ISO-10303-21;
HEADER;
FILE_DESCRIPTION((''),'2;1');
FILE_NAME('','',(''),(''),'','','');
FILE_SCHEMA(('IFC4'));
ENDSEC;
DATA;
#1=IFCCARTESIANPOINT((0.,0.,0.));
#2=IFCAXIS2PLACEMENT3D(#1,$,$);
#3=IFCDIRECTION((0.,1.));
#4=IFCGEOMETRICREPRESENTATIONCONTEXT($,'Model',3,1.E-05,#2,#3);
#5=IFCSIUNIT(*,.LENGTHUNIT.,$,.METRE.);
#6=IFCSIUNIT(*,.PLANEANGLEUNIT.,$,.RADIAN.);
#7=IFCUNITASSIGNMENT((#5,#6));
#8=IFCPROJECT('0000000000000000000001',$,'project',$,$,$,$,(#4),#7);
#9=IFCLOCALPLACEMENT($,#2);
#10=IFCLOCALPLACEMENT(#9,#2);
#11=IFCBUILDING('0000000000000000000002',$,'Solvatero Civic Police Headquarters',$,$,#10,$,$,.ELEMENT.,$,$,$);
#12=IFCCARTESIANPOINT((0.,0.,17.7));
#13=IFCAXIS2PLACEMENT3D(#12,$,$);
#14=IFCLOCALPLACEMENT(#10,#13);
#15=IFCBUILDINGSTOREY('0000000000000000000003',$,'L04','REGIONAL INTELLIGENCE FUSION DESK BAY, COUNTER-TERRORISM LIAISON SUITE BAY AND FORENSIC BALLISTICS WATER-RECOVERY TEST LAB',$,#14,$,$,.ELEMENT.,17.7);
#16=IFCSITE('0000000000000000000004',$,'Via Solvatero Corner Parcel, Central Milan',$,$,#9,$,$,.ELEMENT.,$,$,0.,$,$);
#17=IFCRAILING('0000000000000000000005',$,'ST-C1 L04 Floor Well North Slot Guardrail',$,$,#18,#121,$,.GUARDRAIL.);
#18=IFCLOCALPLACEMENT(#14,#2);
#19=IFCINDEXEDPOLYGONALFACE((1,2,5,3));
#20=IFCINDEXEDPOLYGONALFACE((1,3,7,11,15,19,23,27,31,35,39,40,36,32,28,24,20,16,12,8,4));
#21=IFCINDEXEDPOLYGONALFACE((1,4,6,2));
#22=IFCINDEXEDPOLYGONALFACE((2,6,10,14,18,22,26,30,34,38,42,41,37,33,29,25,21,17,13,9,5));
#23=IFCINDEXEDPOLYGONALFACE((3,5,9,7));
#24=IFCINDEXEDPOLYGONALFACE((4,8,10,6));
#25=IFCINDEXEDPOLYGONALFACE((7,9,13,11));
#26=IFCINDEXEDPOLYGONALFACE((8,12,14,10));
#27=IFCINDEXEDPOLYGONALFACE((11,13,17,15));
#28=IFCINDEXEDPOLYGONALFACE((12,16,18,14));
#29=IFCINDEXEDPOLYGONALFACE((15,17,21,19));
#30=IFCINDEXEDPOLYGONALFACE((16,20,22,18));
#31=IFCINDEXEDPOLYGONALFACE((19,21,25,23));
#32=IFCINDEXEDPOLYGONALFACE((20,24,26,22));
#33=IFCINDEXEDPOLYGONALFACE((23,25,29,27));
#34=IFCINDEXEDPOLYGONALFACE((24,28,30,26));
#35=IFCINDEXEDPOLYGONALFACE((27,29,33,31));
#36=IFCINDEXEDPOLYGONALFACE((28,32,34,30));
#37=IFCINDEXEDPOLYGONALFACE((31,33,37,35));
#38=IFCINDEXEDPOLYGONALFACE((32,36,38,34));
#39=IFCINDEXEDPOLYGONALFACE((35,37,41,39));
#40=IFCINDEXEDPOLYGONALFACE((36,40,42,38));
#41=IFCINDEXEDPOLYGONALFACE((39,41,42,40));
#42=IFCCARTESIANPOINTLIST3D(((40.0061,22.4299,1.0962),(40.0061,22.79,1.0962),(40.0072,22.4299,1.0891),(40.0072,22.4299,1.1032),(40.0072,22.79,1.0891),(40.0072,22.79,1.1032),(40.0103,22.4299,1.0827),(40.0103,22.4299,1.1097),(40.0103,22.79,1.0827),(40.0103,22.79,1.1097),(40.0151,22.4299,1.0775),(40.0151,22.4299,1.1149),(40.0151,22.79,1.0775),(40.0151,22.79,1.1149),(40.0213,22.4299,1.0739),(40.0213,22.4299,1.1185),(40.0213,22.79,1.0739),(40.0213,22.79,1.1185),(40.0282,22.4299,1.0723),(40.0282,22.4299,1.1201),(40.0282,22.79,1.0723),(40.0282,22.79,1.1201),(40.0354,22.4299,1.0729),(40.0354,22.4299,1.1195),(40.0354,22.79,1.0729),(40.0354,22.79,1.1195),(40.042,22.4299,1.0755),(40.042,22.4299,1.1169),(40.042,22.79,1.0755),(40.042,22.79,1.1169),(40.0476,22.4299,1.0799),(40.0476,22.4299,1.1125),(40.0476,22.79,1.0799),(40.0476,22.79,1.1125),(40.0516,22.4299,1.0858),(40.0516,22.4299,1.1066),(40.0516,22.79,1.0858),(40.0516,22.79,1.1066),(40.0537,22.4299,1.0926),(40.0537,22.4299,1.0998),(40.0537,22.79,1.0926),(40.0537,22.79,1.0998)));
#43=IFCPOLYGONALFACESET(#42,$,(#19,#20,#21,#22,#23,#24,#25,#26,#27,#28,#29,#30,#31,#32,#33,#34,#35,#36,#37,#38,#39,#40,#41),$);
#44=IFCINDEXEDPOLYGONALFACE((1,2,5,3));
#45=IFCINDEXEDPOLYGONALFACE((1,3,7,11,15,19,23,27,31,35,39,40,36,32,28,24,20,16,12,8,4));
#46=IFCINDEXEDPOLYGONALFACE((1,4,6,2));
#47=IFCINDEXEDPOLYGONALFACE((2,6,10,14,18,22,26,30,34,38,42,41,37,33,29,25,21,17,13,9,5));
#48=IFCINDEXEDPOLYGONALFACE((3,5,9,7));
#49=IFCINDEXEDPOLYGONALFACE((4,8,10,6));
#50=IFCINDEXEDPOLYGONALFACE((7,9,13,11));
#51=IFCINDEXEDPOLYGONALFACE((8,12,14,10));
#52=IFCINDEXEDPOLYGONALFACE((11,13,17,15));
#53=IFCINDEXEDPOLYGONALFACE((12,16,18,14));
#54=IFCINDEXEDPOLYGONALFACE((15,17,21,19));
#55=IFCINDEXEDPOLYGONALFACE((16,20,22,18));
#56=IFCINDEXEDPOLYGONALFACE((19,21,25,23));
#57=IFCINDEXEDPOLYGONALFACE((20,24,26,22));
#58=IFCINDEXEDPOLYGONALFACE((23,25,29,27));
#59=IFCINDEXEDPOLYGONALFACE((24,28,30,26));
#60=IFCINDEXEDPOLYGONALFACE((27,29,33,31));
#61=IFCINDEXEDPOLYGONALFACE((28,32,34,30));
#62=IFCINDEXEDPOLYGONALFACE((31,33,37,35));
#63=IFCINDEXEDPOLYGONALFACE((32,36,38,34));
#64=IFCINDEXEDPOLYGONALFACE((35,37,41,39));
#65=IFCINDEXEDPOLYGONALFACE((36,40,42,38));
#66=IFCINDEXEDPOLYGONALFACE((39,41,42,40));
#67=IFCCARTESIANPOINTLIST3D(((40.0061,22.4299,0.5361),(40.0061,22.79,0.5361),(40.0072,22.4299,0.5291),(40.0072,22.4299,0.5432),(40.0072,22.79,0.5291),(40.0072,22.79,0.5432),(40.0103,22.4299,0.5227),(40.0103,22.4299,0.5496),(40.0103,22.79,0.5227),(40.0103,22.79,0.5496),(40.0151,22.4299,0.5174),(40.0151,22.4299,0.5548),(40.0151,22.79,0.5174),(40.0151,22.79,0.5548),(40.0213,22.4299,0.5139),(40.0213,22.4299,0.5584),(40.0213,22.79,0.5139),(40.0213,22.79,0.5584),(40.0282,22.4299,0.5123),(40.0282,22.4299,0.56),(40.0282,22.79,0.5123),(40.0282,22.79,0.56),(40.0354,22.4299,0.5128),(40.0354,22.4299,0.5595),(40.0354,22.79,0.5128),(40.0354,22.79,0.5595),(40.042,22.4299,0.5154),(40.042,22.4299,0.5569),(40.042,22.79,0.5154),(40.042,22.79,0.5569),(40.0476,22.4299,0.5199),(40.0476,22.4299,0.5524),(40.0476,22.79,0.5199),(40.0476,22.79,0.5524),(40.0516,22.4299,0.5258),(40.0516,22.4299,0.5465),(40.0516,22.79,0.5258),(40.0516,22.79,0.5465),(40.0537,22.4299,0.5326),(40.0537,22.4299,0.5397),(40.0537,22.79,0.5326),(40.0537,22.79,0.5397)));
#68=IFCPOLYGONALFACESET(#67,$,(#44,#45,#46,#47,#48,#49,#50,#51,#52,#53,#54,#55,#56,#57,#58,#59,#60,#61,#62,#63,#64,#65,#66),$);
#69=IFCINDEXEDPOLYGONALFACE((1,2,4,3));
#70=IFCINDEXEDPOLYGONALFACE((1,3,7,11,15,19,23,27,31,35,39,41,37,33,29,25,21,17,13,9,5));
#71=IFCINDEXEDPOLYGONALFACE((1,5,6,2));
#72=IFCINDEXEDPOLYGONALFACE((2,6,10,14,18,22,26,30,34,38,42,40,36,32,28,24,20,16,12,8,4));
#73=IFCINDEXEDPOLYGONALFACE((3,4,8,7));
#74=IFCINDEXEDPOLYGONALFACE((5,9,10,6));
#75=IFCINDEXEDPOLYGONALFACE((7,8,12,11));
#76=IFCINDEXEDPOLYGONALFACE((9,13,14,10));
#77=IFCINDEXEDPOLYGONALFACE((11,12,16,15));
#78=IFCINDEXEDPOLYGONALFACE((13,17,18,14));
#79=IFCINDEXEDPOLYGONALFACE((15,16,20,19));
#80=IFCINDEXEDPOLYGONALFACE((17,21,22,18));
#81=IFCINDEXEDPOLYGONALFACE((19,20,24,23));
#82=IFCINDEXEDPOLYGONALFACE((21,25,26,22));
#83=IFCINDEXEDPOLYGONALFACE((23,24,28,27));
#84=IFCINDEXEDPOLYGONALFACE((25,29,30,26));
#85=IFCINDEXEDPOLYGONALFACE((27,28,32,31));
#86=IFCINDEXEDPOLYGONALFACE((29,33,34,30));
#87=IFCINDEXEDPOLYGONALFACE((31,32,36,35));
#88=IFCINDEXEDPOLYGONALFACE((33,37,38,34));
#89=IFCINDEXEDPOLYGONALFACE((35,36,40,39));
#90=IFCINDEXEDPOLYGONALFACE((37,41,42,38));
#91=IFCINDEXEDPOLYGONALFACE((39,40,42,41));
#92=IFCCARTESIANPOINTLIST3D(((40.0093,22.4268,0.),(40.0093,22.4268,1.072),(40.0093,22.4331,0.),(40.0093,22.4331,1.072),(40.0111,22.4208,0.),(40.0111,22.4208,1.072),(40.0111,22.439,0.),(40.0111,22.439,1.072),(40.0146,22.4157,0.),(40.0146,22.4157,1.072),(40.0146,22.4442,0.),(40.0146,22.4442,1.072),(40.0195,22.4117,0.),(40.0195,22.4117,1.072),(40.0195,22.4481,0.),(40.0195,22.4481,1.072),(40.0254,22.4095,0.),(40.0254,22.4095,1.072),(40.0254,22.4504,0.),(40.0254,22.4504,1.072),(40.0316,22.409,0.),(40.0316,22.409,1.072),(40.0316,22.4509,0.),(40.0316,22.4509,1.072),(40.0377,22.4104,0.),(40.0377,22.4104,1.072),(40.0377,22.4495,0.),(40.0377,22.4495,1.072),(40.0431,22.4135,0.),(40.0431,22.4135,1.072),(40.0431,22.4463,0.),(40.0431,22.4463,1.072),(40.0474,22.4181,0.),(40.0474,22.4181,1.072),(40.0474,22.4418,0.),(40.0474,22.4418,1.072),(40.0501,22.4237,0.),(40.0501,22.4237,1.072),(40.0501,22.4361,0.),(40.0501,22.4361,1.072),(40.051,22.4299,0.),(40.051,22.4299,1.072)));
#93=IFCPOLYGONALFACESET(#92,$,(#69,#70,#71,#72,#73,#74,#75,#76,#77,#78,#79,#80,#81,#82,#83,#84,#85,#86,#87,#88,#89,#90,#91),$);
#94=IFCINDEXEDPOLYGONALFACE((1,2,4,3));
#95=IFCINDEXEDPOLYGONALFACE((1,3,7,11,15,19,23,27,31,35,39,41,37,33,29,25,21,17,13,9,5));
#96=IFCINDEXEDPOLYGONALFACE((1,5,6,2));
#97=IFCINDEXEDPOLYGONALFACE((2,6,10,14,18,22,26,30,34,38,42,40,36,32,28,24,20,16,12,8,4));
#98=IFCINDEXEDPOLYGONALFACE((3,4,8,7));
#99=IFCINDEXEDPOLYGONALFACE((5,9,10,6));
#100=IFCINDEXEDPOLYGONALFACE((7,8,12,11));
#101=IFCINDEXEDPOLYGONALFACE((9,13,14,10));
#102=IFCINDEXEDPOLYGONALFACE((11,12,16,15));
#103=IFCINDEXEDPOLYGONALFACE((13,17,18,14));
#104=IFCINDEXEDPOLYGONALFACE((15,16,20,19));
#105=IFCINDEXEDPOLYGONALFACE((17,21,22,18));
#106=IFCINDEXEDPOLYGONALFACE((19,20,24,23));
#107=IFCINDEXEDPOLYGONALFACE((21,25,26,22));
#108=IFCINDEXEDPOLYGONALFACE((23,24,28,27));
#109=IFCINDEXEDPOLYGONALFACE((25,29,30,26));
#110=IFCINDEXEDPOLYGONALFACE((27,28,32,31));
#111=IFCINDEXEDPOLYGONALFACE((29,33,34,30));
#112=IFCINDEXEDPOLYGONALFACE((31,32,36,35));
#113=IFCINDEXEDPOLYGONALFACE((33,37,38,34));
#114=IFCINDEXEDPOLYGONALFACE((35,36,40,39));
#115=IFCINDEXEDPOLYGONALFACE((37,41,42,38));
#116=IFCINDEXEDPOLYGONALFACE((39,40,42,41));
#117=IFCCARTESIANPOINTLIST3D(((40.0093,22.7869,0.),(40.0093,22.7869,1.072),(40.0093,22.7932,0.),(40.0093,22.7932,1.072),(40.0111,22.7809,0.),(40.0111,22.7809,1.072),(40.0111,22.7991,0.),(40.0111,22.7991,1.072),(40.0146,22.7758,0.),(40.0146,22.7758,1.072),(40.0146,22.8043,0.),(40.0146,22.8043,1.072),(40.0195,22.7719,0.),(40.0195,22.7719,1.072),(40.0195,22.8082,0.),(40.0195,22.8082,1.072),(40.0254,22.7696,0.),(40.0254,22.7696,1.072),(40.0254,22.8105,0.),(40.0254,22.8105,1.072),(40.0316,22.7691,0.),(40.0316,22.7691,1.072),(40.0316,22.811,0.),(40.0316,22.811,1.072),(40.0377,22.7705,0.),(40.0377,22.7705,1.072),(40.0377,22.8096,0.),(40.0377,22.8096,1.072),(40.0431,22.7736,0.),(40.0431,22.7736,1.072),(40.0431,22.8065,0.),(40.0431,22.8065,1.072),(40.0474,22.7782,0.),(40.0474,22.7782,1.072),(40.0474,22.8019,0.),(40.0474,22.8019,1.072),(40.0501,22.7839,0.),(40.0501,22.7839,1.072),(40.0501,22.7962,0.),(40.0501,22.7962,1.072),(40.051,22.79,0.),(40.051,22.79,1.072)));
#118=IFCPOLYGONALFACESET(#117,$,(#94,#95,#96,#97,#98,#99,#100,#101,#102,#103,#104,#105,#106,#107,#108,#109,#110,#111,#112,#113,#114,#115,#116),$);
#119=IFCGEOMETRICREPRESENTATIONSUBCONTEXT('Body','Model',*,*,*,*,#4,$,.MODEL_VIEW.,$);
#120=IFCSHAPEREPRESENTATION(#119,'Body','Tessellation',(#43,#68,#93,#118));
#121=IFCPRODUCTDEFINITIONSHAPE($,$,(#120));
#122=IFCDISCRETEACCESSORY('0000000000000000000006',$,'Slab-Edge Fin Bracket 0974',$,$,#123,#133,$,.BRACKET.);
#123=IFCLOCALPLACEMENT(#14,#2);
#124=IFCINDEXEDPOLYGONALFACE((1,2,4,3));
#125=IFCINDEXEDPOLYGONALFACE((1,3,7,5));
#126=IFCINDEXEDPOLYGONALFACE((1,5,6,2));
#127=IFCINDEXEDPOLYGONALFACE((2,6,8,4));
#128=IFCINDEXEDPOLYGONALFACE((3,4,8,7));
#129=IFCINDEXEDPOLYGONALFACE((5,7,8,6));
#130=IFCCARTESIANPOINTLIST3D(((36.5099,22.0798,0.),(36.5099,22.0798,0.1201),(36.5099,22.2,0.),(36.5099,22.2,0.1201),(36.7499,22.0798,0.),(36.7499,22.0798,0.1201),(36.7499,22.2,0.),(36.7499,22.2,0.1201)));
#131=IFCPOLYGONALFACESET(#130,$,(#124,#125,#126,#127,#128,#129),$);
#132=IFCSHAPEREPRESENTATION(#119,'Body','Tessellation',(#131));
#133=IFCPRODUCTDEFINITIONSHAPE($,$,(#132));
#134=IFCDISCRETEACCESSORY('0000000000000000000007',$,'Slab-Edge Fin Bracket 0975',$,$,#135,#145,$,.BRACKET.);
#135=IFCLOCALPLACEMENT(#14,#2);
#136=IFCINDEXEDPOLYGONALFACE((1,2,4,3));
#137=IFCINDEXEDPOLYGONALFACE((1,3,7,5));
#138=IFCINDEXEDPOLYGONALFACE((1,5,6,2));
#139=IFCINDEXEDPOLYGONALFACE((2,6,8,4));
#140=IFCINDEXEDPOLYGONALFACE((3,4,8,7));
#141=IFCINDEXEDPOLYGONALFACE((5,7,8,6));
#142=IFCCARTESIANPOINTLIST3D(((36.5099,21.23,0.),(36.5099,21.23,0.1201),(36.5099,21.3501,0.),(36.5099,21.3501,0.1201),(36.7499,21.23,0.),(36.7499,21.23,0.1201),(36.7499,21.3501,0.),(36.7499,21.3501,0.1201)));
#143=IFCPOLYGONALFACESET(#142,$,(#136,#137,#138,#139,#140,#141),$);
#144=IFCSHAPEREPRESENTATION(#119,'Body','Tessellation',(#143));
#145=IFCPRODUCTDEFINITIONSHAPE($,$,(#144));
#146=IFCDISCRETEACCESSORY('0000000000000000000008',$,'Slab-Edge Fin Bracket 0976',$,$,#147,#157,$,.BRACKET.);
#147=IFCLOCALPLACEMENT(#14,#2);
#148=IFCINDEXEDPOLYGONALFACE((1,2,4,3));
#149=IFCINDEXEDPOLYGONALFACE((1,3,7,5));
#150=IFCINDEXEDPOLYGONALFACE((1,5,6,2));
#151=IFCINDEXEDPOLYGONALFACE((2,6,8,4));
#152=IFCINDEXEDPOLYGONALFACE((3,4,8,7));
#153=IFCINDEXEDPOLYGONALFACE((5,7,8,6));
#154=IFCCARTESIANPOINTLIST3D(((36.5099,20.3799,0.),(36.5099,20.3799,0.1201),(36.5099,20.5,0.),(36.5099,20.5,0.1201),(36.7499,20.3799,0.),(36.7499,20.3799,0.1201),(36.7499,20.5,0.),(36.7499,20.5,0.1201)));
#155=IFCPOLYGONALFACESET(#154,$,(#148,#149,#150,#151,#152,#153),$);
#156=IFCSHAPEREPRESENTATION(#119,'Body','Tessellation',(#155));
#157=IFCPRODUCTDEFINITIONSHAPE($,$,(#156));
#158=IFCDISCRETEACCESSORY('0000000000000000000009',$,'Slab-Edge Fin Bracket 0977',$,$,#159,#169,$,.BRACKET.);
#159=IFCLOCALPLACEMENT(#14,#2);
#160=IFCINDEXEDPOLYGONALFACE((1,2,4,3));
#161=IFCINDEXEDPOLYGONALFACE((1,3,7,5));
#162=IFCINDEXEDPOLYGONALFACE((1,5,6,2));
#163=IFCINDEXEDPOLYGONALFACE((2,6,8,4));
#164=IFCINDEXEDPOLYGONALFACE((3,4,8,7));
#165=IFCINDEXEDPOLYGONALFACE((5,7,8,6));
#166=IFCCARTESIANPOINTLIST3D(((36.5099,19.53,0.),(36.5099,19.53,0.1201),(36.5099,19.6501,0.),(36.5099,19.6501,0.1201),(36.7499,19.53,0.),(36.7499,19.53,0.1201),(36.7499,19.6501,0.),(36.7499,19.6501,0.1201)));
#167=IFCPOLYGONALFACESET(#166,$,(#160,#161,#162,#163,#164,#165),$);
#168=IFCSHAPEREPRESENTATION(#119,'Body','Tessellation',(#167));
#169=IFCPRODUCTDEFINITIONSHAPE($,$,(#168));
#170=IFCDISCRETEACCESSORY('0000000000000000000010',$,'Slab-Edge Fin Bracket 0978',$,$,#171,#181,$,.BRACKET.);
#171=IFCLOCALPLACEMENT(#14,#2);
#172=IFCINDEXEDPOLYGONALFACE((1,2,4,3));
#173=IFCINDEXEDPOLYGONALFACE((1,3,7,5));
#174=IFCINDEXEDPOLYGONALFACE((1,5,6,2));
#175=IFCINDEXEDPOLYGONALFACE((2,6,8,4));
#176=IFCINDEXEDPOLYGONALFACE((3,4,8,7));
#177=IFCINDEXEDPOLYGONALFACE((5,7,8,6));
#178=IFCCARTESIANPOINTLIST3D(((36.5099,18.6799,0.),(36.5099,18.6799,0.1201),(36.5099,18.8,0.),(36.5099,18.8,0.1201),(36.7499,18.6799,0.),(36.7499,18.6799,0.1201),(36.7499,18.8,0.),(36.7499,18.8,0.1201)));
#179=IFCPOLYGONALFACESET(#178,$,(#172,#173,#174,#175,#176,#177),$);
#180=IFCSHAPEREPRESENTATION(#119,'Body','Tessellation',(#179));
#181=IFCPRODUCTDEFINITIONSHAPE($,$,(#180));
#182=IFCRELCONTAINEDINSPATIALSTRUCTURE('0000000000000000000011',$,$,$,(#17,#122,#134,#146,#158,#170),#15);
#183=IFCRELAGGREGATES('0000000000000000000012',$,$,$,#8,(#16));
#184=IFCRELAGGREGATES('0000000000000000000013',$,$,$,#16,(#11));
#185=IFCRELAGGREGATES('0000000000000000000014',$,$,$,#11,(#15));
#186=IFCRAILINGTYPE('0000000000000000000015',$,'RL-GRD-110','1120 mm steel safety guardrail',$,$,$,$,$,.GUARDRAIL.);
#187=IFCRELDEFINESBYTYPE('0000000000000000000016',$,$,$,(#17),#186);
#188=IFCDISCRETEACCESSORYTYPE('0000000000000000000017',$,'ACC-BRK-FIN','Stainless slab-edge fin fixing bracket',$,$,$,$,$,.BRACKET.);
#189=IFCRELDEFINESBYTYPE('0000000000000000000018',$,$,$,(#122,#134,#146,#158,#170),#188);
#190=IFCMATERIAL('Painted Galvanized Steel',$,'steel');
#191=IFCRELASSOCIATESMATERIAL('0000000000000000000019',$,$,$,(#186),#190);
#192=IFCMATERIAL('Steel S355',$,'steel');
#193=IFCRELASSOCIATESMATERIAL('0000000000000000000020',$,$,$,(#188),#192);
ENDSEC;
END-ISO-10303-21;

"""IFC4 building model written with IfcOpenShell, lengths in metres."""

from ifc_helpers import new_model, si_unit, direction, frame, origin, origin_2d, place, context, subcontext, project, spatial, rectangle, circle, extrude, material, type_object, element, save


model = new_model("IFC4")

# Units and contexts
model_context = context("Model", 3, precision=1e-05, world=origin(), true_north=direction((0.0, 1.0)))
body_context = subcontext(model_context, "Body", "Model", "MODEL_VIEW")
ifc_project = project(units=[si_unit("LENGTHUNIT", "METRE"), si_unit("PLANEANGLEUNIT", "RADIAN")], contexts=[model_context])

# Site, building, storey
site_placement = place(None, origin())
site = spatial("IfcSite", under=ifc_project, at=site_placement, Name="Via Solvatero Corner Parcel, Central Milan", CompositionType="ELEMENT", RefElevation=0.0)
building_placement = place(site_placement, origin())
building = spatial("IfcBuilding", under=site, at=building_placement, Name="Solvatero Civic Police Headquarters", CompositionType="ELEMENT")
storey_placement = place(building_placement, frame((0.0, 0.0, 17.7)))
storey = spatial("IfcBuildingStorey", under=building, at=storey_placement, Name="L04", Description="REGIONAL INTELLIGENCE FUSION DESK BAY, COUNTER-TERRORISM LIAISON SUITE BAY AND FORENSIC BALLISTICS WATER-RECOVERY TEST LAB", CompositionType="ELEMENT", Elevation=17.7)

# Railing
ifc_material_1 = material(Name="Painted Galvanized Steel", Category="steel")
railing_type = type_object("IfcRailingType", Name="RL-GRD-110", Description="1120 mm steel safety guardrail", PredefinedType="GUARDRAIL", material=ifc_material_1)
railing_placement = place(storey_placement, frame((40.03, 22.4299, 0.0)))
element("IfcRailing", 1, at=railing_placement, inside=storey, type_object=railing_type, Name="ST-C1 L04 Floor Well North Slot Guardrail", PredefinedType="GUARDRAIL", context=body_context, shape_type="SweptSolid", body=[
    extrude(circle(Radius=0.0239, at=origin_2d()), frame((0.0, 0.0, 1.0962), z_axis=(0.0, 1.0, 0.0), x_axis=(-1.0, 0.0, 0.0)), (0.0, 0.0, 1.0), 0.3601),
    extrude(circle(Radius=0.0239, at=origin_2d()), frame((0.0, 0.0, 0.5361), z_axis=(0.0, 1.0, 0.0), x_axis=(-1.0, 0.0, 0.0)), (0.0, 0.0, 1.0), 0.3601),
    extrude(circle(Radius=0.021, at=origin_2d()), origin(), (0.0, 0.0, 1.0), 1.072),
    extrude(circle(Radius=0.021, at=origin_2d()), frame((0.0, 0.3601, 0.0)), (0.0, 0.0, 1.0), 1.072),
])

# Discrete accessories
ifc_material_2 = material(Name="Steel S355", Category="steel")
discrete_accessory_type = type_object("IfcDiscreteAccessoryType", Name="ACC-BRK-FIN", Description="Stainless slab-edge fin fixing bracket", PredefinedType="BRACKET", material=ifc_material_2)
for number, where, z_axis, x_axis, name in (
    (2, (36.6299, 22.1399, 0.0), (0.0, 0.0, 1.0), (0.0, -1.0, 0.0), "Slab-Edge Fin Bracket 0974"),
    (3, (36.6299, 21.29, 0.0), (0.0, 0.0, 1.0), (0.0, -1.0, 0.0), "Slab-Edge Fin Bracket 0975"),
    (4, (36.6299, 20.4399, 0.0), (0.0, 0.0, 1.0), (0.0, -1.0, 0.0), "Slab-Edge Fin Bracket 0976"),
    (5, (36.6299, 19.5901, 0.0), (0.0, 0.0, 1.0), (0.0, -1.0, 0.0), "Slab-Edge Fin Bracket 0977"),
    (6, (36.6299, 18.74, 0.0), (0.0, 0.0, 1.0), (0.0, -1.0, 0.0), "Slab-Edge Fin Bracket 0978"),
):
    element("IfcDiscreteAccessory", number, at=place(storey_placement, frame(where, z_axis=z_axis, x_axis=x_axis)), inside=storey, type_object=discrete_accessory_type, Name=name, PredefinedType="BRACKET", context=body_context, shape_type="SweptSolid", body=[
        extrude(rectangle(XDim=0.1201, YDim=0.24, at=origin_2d()), origin(), (0.0, 0.0, 1.0), 0.1201),
    ])

save(model, "model.ifc")
